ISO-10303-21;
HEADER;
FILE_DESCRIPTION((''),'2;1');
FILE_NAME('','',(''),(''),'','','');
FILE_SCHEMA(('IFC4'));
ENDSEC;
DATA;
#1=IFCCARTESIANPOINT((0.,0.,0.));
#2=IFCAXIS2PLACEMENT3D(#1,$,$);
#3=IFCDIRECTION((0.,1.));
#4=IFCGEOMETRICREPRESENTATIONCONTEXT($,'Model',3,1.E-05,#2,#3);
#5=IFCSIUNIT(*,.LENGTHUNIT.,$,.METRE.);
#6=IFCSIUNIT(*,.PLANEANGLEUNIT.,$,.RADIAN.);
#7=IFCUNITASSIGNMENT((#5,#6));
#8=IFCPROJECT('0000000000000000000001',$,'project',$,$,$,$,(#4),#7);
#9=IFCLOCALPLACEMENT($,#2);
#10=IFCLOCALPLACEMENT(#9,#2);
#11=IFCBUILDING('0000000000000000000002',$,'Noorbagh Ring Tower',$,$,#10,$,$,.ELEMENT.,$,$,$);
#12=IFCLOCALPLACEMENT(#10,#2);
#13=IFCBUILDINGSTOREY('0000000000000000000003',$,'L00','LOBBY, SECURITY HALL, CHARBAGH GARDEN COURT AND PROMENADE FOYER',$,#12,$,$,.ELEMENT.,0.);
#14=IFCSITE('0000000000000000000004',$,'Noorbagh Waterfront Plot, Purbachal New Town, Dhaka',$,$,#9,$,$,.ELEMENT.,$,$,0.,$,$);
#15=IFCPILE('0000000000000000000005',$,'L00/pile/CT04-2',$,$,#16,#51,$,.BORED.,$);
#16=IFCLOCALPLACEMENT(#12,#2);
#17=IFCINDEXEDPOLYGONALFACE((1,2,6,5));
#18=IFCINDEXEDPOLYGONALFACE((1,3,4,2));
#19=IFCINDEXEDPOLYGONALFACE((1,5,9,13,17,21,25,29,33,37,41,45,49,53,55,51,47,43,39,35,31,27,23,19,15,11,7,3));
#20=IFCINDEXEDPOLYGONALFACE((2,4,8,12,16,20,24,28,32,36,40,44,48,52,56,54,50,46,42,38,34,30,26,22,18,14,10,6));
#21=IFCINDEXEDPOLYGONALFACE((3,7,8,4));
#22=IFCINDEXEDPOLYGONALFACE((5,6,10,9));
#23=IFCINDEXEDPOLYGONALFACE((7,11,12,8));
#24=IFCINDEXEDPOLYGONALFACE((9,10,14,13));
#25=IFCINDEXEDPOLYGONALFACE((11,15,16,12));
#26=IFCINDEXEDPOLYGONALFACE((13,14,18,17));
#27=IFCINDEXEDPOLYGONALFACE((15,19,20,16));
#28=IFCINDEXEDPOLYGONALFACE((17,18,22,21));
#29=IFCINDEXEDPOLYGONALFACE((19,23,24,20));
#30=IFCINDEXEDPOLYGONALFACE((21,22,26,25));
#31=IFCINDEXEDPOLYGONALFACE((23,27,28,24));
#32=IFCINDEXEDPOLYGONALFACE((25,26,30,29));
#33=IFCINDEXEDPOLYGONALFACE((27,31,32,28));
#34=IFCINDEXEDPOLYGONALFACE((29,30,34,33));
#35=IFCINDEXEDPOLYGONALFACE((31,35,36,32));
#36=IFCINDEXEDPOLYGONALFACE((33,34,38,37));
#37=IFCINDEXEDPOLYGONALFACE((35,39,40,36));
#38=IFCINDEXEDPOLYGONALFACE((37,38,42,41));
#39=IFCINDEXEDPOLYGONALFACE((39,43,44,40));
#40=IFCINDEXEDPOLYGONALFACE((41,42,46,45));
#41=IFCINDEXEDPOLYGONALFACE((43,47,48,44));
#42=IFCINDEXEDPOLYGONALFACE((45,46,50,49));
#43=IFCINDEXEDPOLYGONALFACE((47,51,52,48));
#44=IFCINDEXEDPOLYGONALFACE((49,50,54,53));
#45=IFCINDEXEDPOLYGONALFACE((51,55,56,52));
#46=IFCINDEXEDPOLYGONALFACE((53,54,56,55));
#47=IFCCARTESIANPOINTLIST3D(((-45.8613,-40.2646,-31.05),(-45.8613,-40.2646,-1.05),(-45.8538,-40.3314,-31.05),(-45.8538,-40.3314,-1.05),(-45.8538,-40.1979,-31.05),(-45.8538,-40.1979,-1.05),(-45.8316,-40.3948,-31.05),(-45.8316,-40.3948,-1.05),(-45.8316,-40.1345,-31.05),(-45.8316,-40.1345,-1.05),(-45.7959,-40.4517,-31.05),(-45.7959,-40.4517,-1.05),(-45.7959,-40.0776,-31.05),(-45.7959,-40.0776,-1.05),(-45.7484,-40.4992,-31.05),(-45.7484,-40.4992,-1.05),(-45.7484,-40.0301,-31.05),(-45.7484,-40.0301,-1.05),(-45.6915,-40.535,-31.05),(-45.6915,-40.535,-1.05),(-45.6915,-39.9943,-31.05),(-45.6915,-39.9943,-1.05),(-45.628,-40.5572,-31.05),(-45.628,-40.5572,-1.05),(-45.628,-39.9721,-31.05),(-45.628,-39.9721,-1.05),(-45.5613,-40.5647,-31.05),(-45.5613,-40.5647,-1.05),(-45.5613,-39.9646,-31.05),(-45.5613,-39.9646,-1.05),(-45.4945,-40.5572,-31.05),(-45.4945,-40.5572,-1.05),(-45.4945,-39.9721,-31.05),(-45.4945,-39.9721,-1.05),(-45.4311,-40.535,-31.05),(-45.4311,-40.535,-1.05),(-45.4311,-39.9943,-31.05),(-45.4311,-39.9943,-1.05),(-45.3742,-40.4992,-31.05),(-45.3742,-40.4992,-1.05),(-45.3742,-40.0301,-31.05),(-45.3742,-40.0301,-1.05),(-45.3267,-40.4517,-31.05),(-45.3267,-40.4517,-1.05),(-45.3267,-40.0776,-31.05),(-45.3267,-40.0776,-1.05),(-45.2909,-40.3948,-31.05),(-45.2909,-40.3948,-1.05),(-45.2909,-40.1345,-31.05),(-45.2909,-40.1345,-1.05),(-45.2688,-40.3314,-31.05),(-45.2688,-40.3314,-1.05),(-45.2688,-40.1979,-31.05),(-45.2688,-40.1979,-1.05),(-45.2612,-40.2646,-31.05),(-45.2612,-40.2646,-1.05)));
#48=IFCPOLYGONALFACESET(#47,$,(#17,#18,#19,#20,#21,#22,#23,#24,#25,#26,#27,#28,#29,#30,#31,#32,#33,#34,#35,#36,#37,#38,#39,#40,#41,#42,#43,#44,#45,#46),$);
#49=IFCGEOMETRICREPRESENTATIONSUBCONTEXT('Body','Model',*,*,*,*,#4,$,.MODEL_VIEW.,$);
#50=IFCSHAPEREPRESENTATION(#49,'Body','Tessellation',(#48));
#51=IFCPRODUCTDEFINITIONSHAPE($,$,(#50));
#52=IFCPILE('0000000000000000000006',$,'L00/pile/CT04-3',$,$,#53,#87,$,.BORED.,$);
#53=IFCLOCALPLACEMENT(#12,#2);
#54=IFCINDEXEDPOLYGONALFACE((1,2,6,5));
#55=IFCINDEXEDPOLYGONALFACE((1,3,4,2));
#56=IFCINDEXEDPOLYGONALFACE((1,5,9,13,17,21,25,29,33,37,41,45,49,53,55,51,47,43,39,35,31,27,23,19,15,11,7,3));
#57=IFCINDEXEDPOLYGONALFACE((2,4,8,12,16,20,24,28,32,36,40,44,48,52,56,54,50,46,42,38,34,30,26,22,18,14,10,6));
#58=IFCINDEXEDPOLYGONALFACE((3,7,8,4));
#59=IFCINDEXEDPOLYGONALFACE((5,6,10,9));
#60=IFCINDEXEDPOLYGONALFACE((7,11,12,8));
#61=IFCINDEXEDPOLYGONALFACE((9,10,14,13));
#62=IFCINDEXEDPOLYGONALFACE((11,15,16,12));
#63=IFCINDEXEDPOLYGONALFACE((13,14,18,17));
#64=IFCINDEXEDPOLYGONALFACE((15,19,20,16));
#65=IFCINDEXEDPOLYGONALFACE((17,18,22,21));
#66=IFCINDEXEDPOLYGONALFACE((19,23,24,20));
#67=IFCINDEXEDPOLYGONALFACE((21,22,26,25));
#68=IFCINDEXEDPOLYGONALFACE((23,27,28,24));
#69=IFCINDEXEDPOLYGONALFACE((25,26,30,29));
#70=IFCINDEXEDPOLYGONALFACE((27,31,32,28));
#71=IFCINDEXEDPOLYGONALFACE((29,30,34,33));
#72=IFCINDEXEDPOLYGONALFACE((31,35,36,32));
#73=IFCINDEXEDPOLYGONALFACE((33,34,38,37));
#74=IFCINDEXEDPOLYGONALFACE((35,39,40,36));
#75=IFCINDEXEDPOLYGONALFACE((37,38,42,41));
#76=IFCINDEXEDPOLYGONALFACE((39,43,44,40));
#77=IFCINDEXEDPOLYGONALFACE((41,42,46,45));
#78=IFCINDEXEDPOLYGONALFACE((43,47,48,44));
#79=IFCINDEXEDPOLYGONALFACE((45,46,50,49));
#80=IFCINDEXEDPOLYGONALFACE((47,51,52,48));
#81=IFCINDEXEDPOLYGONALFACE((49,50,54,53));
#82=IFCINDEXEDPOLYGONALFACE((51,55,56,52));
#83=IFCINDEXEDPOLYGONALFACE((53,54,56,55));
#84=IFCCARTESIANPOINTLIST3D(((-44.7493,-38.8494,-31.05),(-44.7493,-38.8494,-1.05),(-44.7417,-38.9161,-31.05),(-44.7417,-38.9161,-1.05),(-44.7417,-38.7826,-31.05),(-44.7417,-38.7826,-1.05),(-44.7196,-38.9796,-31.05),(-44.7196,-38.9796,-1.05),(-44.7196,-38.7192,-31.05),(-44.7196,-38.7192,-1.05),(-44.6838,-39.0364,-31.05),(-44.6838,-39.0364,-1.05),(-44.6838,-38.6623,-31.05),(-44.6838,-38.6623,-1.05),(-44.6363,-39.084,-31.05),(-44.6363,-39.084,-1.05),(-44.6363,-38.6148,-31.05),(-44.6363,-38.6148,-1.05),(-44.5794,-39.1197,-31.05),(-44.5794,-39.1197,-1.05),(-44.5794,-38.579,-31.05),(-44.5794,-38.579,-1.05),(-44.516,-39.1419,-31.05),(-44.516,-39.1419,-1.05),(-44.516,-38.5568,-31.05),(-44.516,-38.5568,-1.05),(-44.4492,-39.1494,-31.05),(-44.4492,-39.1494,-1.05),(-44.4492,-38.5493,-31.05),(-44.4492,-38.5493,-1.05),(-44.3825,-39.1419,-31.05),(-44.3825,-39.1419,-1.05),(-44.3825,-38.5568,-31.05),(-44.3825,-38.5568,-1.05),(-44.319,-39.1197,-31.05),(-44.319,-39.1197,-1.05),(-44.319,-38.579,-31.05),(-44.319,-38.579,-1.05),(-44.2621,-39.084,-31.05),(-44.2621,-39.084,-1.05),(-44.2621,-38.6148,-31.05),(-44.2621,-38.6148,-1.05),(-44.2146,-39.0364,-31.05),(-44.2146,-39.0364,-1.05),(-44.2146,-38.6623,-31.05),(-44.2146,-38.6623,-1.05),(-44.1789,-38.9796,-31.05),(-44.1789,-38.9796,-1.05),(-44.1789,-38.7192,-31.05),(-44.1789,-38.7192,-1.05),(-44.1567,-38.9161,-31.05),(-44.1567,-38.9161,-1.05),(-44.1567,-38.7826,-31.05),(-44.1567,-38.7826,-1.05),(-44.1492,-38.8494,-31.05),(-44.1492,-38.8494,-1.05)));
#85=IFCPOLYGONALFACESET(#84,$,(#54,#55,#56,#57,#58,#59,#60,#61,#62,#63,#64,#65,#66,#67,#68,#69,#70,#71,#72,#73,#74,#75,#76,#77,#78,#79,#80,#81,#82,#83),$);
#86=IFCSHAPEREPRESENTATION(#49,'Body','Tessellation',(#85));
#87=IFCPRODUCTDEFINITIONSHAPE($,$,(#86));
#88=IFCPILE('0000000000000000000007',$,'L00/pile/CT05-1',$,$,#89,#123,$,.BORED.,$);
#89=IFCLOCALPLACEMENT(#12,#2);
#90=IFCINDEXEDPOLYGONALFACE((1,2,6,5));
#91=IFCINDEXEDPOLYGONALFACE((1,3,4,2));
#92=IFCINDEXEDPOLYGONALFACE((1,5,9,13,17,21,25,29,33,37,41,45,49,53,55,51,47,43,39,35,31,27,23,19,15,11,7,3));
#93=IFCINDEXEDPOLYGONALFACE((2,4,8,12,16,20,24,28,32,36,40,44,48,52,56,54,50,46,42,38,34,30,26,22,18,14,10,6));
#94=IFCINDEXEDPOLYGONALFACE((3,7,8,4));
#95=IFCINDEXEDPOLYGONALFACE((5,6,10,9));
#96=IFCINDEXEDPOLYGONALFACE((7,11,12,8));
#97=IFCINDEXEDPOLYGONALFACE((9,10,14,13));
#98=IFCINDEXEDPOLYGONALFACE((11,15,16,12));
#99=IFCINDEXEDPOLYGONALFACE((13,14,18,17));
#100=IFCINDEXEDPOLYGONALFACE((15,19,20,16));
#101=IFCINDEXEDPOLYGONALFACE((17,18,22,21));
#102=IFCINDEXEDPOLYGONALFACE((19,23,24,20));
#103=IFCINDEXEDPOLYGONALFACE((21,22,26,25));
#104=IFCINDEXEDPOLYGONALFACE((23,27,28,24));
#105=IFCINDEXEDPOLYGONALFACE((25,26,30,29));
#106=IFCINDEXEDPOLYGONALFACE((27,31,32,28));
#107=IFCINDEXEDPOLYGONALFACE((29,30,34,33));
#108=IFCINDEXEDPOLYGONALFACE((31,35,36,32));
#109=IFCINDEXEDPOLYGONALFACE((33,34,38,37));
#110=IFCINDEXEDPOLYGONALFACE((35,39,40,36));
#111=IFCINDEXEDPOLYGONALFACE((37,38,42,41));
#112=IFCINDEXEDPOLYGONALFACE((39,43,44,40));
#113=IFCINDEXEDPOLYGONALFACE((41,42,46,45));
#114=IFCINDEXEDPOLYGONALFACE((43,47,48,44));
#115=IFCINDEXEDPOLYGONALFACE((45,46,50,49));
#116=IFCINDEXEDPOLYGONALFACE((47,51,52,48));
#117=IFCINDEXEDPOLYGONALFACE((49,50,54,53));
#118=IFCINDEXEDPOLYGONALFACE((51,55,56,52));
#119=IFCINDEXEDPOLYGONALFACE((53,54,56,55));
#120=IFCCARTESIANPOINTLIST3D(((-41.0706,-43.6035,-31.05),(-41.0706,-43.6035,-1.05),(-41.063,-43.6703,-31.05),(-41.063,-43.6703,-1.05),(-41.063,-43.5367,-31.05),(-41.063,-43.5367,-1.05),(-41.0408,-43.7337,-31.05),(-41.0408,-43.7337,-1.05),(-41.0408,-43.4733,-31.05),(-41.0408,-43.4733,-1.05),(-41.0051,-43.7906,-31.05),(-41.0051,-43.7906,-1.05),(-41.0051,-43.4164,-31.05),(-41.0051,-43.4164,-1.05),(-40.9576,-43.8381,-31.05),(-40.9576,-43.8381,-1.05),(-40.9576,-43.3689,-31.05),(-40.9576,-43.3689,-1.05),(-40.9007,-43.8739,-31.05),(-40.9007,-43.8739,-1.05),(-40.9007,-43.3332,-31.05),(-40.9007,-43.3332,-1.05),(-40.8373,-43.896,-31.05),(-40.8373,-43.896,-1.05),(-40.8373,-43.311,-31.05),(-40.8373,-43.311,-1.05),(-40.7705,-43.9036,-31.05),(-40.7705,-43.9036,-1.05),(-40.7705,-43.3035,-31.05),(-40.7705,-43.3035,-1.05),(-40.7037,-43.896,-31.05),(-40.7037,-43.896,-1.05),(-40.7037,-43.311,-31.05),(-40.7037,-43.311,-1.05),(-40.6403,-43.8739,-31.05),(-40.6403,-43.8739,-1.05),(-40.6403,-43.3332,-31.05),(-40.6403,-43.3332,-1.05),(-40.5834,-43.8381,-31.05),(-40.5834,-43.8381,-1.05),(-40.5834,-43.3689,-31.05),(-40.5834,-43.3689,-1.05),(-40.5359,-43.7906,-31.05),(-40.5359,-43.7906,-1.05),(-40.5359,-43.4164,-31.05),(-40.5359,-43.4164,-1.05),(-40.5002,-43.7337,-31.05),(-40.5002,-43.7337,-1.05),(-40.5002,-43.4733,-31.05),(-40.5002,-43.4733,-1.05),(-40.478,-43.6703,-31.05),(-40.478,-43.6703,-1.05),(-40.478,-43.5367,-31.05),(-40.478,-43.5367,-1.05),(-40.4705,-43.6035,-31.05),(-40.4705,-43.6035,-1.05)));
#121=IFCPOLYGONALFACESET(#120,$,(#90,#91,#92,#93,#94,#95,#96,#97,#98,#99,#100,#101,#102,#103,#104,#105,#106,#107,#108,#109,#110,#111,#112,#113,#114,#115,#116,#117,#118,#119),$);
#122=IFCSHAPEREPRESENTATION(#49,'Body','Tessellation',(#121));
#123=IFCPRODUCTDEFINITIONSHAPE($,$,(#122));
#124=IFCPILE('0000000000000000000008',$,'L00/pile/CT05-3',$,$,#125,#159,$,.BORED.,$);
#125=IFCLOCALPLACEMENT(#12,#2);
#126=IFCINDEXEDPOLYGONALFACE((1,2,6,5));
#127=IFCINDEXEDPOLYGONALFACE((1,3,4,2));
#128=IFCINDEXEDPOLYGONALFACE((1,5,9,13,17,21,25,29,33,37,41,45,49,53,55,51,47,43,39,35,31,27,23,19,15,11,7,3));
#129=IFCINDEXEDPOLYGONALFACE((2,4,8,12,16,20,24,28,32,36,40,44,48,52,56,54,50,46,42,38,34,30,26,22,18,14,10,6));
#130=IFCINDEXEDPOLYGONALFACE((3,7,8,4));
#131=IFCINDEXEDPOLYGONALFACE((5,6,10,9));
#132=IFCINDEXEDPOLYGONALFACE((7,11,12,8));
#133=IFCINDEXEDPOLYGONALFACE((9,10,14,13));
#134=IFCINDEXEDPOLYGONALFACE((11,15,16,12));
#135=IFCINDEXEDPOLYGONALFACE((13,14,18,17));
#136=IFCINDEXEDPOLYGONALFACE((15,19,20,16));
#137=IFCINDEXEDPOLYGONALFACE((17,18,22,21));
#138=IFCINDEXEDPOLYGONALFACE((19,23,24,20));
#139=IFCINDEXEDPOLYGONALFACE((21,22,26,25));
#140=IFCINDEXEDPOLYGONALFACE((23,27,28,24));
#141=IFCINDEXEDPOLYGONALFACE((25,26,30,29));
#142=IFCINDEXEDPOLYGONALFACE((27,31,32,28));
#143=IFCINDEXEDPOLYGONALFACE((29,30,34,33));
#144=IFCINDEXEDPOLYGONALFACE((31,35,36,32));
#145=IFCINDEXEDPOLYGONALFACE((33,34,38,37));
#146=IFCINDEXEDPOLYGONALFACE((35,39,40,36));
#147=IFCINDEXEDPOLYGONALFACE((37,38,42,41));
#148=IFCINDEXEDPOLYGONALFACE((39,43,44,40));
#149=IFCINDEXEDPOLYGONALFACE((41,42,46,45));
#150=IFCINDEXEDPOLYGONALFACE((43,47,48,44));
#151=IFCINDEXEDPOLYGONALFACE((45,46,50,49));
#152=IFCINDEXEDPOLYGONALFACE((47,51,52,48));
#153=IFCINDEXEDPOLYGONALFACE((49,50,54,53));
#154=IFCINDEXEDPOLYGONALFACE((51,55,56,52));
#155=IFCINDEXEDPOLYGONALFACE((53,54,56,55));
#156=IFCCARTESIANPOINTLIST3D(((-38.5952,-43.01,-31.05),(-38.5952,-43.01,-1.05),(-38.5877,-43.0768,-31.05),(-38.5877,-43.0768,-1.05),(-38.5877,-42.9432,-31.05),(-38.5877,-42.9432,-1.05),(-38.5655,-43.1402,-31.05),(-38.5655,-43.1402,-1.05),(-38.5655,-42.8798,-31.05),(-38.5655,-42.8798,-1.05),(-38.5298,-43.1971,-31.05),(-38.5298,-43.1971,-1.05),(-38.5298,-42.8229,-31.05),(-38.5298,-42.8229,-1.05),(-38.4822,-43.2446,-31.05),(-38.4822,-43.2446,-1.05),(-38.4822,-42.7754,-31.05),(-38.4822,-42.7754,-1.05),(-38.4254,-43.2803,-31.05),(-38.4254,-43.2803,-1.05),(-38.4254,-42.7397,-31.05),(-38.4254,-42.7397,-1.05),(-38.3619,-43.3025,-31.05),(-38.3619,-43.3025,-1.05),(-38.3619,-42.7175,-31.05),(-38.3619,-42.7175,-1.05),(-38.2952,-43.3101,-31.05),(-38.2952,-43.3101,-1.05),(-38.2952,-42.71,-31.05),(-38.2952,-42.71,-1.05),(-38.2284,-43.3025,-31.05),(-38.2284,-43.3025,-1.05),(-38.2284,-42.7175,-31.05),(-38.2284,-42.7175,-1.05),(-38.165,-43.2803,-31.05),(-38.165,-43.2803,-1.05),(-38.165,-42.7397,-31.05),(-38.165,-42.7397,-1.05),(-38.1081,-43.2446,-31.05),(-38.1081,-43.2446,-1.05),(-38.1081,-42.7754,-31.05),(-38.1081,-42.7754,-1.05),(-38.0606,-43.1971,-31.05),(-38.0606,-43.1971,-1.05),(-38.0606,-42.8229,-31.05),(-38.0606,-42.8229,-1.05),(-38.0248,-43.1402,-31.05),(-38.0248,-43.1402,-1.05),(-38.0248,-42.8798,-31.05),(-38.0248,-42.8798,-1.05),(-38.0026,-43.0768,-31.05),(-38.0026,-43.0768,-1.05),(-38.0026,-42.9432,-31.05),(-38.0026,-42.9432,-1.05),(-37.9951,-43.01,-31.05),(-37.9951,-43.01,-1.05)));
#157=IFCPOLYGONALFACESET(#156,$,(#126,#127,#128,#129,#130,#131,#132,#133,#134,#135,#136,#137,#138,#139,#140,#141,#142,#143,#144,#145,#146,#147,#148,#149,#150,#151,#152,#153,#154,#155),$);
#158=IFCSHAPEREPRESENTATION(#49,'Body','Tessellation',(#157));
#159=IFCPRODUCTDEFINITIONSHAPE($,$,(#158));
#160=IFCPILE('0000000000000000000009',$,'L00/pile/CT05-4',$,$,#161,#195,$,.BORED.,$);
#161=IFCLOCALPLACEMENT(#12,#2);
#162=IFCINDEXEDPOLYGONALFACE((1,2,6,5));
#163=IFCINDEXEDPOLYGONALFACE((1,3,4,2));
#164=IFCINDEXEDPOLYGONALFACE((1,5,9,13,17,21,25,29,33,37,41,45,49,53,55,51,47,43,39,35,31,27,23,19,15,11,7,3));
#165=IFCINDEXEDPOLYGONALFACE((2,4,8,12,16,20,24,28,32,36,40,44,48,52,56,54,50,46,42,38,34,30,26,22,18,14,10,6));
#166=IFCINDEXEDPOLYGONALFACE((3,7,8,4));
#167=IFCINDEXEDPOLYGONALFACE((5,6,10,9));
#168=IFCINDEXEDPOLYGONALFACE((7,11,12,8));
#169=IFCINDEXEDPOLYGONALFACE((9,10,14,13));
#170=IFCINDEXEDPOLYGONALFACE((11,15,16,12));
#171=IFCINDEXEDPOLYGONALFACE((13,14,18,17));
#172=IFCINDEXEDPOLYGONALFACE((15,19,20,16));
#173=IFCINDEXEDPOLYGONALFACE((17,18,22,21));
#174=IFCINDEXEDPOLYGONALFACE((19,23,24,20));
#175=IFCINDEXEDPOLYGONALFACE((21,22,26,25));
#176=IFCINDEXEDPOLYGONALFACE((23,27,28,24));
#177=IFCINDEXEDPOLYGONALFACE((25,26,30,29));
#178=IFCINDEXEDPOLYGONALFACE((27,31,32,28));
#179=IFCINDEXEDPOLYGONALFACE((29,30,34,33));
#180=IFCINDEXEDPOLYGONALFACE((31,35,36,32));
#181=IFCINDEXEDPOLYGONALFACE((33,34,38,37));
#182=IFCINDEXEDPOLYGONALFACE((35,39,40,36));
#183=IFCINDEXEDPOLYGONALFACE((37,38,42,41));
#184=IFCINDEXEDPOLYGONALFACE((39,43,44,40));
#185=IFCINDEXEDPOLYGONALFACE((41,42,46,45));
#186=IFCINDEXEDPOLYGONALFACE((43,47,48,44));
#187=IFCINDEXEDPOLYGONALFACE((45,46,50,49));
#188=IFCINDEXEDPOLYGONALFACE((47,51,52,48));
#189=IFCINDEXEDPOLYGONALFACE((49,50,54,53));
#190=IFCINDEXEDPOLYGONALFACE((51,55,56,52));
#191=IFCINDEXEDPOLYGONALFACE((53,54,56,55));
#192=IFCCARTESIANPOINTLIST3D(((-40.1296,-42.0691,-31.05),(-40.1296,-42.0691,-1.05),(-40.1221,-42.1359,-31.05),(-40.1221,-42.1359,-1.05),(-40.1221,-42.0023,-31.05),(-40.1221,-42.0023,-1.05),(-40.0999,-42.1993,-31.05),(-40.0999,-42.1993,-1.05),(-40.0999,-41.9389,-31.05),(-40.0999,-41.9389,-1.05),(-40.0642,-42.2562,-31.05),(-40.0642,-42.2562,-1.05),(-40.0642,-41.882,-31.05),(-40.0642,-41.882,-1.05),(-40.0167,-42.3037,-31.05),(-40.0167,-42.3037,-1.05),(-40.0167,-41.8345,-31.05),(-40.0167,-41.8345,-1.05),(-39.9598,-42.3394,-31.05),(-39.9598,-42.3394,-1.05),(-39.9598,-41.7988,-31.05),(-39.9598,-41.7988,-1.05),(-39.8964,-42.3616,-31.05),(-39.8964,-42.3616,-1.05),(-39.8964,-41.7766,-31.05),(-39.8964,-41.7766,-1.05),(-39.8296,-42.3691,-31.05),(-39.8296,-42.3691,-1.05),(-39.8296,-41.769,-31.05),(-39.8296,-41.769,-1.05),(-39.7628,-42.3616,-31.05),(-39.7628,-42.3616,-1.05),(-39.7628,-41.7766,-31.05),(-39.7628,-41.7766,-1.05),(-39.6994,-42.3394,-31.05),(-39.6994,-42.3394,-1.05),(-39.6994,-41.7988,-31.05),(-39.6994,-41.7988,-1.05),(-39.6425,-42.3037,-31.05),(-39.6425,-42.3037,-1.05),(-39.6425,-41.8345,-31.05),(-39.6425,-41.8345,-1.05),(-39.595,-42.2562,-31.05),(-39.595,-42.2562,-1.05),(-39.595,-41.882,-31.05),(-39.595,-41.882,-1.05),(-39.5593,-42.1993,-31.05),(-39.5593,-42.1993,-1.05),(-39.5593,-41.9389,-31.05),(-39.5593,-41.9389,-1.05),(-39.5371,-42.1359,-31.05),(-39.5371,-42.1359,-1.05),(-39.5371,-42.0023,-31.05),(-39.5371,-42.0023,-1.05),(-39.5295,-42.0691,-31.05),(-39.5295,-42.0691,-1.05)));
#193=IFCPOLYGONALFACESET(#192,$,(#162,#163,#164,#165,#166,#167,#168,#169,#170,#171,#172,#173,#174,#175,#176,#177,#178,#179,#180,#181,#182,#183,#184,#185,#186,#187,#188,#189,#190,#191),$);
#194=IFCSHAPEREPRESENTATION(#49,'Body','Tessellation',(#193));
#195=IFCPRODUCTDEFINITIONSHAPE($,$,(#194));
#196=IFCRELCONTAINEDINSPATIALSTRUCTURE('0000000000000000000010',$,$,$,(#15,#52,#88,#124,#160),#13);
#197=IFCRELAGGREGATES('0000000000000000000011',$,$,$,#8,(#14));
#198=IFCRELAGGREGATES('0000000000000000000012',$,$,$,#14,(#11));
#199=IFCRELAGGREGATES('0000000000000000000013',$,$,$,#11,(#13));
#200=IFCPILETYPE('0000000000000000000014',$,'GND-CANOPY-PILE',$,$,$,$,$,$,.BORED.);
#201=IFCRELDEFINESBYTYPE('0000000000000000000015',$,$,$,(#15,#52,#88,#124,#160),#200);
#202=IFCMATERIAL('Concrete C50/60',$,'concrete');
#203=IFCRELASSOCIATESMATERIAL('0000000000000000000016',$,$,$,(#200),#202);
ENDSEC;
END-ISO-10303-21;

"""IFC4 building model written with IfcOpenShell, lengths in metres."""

from ifc_helpers import new_model, si_unit, direction, frame, origin, origin_2d, place, context, subcontext, project, spatial, circle, extrude, material, material_profile, profile_set, type_object, element, save


model = new_model("IFC4")

# Units and contexts
model_context = context("Model", 3, precision=1e-05, world=origin(), true_north=direction((0.0, 1.0)))
body_context = subcontext(model_context, "Body", "Model", "MODEL_VIEW")
ifc_project = project(units=[si_unit("LENGTHUNIT", "METRE"), si_unit("PLANEANGLEUNIT", "RADIAN")], contexts=[model_context])

# Site, building, storey
site_placement = place(None, origin())
site = spatial("IfcSite", under=ifc_project, at=site_placement, Name="Noorbagh Waterfront Plot, Purbachal New Town, Dhaka", CompositionType="ELEMENT", RefElevation=0.0)
building_placement = place(site_placement, origin())
building = spatial("IfcBuilding", under=site, at=building_placement, Name="Noorbagh Ring Tower", CompositionType="ELEMENT")
storey_placement = place(building_placement, origin())
storey = spatial("IfcBuildingStorey", under=building, at=storey_placement, Name="L00", Description="LOBBY, SECURITY HALL, CHARBAGH GARDEN COURT AND PROMENADE FOYER", CompositionType="ELEMENT", Elevation=0.0)

# Piles
ifc_material_1 = material(Name="Concrete C50/60", Category="concrete")
ifc_material_profile_1 = material_profile(ifc_material_1, circle(Radius=0.3, at=origin_2d()), Name="PILE600")
ifc_profile_set_1 = profile_set([ifc_material_profile_1], Name="Concrete C50/60")
pile_type = type_object("IfcPileType", Name="GND-CANOPY-PILE", PredefinedType="BORED", material=ifc_profile_set_1)
for number, where, z_axis, x_axis, name in (
    (1, (-45.5613, -40.2646, -1.05), (0.0, 0.0, -1.0), (1.0, 0.0, 0.0), "L00/pile/CT04-2"),
    (2, (-44.4492, -38.8494, -1.05), (0.0, 0.0, -1.0), (1.0, 0.0, 0.0), "L00/pile/CT04-3"),
    (3, (-40.7705, -43.6035, -1.05), (0.0, 0.0, -1.0), (1.0, 0.0, 0.0), "L00/pile/CT05-1"),
    (4, (-38.2952, -43.01, -1.05), (0.0, 0.0, -1.0), (1.0, 0.0, 0.0), "L00/pile/CT05-3"),
    (5, (-39.8296, -42.0691, -1.05), (0.0, 0.0, -1.0), (1.0, 0.0, 0.0), "L00/pile/CT05-4"),
):
    element("IfcPile", number, at=place(storey_placement, frame(where, z_axis=z_axis, x_axis=x_axis)), inside=storey, type_object=pile_type, Name=name, PredefinedType="BORED", context=body_context, shape_type="SweptSolid", body=[
        extrude(circle(Radius=0.3, at=origin_2d()), origin(), (0.0, 0.0, 1.0), 30.0),
    ])

save(model, "model.ifc")
